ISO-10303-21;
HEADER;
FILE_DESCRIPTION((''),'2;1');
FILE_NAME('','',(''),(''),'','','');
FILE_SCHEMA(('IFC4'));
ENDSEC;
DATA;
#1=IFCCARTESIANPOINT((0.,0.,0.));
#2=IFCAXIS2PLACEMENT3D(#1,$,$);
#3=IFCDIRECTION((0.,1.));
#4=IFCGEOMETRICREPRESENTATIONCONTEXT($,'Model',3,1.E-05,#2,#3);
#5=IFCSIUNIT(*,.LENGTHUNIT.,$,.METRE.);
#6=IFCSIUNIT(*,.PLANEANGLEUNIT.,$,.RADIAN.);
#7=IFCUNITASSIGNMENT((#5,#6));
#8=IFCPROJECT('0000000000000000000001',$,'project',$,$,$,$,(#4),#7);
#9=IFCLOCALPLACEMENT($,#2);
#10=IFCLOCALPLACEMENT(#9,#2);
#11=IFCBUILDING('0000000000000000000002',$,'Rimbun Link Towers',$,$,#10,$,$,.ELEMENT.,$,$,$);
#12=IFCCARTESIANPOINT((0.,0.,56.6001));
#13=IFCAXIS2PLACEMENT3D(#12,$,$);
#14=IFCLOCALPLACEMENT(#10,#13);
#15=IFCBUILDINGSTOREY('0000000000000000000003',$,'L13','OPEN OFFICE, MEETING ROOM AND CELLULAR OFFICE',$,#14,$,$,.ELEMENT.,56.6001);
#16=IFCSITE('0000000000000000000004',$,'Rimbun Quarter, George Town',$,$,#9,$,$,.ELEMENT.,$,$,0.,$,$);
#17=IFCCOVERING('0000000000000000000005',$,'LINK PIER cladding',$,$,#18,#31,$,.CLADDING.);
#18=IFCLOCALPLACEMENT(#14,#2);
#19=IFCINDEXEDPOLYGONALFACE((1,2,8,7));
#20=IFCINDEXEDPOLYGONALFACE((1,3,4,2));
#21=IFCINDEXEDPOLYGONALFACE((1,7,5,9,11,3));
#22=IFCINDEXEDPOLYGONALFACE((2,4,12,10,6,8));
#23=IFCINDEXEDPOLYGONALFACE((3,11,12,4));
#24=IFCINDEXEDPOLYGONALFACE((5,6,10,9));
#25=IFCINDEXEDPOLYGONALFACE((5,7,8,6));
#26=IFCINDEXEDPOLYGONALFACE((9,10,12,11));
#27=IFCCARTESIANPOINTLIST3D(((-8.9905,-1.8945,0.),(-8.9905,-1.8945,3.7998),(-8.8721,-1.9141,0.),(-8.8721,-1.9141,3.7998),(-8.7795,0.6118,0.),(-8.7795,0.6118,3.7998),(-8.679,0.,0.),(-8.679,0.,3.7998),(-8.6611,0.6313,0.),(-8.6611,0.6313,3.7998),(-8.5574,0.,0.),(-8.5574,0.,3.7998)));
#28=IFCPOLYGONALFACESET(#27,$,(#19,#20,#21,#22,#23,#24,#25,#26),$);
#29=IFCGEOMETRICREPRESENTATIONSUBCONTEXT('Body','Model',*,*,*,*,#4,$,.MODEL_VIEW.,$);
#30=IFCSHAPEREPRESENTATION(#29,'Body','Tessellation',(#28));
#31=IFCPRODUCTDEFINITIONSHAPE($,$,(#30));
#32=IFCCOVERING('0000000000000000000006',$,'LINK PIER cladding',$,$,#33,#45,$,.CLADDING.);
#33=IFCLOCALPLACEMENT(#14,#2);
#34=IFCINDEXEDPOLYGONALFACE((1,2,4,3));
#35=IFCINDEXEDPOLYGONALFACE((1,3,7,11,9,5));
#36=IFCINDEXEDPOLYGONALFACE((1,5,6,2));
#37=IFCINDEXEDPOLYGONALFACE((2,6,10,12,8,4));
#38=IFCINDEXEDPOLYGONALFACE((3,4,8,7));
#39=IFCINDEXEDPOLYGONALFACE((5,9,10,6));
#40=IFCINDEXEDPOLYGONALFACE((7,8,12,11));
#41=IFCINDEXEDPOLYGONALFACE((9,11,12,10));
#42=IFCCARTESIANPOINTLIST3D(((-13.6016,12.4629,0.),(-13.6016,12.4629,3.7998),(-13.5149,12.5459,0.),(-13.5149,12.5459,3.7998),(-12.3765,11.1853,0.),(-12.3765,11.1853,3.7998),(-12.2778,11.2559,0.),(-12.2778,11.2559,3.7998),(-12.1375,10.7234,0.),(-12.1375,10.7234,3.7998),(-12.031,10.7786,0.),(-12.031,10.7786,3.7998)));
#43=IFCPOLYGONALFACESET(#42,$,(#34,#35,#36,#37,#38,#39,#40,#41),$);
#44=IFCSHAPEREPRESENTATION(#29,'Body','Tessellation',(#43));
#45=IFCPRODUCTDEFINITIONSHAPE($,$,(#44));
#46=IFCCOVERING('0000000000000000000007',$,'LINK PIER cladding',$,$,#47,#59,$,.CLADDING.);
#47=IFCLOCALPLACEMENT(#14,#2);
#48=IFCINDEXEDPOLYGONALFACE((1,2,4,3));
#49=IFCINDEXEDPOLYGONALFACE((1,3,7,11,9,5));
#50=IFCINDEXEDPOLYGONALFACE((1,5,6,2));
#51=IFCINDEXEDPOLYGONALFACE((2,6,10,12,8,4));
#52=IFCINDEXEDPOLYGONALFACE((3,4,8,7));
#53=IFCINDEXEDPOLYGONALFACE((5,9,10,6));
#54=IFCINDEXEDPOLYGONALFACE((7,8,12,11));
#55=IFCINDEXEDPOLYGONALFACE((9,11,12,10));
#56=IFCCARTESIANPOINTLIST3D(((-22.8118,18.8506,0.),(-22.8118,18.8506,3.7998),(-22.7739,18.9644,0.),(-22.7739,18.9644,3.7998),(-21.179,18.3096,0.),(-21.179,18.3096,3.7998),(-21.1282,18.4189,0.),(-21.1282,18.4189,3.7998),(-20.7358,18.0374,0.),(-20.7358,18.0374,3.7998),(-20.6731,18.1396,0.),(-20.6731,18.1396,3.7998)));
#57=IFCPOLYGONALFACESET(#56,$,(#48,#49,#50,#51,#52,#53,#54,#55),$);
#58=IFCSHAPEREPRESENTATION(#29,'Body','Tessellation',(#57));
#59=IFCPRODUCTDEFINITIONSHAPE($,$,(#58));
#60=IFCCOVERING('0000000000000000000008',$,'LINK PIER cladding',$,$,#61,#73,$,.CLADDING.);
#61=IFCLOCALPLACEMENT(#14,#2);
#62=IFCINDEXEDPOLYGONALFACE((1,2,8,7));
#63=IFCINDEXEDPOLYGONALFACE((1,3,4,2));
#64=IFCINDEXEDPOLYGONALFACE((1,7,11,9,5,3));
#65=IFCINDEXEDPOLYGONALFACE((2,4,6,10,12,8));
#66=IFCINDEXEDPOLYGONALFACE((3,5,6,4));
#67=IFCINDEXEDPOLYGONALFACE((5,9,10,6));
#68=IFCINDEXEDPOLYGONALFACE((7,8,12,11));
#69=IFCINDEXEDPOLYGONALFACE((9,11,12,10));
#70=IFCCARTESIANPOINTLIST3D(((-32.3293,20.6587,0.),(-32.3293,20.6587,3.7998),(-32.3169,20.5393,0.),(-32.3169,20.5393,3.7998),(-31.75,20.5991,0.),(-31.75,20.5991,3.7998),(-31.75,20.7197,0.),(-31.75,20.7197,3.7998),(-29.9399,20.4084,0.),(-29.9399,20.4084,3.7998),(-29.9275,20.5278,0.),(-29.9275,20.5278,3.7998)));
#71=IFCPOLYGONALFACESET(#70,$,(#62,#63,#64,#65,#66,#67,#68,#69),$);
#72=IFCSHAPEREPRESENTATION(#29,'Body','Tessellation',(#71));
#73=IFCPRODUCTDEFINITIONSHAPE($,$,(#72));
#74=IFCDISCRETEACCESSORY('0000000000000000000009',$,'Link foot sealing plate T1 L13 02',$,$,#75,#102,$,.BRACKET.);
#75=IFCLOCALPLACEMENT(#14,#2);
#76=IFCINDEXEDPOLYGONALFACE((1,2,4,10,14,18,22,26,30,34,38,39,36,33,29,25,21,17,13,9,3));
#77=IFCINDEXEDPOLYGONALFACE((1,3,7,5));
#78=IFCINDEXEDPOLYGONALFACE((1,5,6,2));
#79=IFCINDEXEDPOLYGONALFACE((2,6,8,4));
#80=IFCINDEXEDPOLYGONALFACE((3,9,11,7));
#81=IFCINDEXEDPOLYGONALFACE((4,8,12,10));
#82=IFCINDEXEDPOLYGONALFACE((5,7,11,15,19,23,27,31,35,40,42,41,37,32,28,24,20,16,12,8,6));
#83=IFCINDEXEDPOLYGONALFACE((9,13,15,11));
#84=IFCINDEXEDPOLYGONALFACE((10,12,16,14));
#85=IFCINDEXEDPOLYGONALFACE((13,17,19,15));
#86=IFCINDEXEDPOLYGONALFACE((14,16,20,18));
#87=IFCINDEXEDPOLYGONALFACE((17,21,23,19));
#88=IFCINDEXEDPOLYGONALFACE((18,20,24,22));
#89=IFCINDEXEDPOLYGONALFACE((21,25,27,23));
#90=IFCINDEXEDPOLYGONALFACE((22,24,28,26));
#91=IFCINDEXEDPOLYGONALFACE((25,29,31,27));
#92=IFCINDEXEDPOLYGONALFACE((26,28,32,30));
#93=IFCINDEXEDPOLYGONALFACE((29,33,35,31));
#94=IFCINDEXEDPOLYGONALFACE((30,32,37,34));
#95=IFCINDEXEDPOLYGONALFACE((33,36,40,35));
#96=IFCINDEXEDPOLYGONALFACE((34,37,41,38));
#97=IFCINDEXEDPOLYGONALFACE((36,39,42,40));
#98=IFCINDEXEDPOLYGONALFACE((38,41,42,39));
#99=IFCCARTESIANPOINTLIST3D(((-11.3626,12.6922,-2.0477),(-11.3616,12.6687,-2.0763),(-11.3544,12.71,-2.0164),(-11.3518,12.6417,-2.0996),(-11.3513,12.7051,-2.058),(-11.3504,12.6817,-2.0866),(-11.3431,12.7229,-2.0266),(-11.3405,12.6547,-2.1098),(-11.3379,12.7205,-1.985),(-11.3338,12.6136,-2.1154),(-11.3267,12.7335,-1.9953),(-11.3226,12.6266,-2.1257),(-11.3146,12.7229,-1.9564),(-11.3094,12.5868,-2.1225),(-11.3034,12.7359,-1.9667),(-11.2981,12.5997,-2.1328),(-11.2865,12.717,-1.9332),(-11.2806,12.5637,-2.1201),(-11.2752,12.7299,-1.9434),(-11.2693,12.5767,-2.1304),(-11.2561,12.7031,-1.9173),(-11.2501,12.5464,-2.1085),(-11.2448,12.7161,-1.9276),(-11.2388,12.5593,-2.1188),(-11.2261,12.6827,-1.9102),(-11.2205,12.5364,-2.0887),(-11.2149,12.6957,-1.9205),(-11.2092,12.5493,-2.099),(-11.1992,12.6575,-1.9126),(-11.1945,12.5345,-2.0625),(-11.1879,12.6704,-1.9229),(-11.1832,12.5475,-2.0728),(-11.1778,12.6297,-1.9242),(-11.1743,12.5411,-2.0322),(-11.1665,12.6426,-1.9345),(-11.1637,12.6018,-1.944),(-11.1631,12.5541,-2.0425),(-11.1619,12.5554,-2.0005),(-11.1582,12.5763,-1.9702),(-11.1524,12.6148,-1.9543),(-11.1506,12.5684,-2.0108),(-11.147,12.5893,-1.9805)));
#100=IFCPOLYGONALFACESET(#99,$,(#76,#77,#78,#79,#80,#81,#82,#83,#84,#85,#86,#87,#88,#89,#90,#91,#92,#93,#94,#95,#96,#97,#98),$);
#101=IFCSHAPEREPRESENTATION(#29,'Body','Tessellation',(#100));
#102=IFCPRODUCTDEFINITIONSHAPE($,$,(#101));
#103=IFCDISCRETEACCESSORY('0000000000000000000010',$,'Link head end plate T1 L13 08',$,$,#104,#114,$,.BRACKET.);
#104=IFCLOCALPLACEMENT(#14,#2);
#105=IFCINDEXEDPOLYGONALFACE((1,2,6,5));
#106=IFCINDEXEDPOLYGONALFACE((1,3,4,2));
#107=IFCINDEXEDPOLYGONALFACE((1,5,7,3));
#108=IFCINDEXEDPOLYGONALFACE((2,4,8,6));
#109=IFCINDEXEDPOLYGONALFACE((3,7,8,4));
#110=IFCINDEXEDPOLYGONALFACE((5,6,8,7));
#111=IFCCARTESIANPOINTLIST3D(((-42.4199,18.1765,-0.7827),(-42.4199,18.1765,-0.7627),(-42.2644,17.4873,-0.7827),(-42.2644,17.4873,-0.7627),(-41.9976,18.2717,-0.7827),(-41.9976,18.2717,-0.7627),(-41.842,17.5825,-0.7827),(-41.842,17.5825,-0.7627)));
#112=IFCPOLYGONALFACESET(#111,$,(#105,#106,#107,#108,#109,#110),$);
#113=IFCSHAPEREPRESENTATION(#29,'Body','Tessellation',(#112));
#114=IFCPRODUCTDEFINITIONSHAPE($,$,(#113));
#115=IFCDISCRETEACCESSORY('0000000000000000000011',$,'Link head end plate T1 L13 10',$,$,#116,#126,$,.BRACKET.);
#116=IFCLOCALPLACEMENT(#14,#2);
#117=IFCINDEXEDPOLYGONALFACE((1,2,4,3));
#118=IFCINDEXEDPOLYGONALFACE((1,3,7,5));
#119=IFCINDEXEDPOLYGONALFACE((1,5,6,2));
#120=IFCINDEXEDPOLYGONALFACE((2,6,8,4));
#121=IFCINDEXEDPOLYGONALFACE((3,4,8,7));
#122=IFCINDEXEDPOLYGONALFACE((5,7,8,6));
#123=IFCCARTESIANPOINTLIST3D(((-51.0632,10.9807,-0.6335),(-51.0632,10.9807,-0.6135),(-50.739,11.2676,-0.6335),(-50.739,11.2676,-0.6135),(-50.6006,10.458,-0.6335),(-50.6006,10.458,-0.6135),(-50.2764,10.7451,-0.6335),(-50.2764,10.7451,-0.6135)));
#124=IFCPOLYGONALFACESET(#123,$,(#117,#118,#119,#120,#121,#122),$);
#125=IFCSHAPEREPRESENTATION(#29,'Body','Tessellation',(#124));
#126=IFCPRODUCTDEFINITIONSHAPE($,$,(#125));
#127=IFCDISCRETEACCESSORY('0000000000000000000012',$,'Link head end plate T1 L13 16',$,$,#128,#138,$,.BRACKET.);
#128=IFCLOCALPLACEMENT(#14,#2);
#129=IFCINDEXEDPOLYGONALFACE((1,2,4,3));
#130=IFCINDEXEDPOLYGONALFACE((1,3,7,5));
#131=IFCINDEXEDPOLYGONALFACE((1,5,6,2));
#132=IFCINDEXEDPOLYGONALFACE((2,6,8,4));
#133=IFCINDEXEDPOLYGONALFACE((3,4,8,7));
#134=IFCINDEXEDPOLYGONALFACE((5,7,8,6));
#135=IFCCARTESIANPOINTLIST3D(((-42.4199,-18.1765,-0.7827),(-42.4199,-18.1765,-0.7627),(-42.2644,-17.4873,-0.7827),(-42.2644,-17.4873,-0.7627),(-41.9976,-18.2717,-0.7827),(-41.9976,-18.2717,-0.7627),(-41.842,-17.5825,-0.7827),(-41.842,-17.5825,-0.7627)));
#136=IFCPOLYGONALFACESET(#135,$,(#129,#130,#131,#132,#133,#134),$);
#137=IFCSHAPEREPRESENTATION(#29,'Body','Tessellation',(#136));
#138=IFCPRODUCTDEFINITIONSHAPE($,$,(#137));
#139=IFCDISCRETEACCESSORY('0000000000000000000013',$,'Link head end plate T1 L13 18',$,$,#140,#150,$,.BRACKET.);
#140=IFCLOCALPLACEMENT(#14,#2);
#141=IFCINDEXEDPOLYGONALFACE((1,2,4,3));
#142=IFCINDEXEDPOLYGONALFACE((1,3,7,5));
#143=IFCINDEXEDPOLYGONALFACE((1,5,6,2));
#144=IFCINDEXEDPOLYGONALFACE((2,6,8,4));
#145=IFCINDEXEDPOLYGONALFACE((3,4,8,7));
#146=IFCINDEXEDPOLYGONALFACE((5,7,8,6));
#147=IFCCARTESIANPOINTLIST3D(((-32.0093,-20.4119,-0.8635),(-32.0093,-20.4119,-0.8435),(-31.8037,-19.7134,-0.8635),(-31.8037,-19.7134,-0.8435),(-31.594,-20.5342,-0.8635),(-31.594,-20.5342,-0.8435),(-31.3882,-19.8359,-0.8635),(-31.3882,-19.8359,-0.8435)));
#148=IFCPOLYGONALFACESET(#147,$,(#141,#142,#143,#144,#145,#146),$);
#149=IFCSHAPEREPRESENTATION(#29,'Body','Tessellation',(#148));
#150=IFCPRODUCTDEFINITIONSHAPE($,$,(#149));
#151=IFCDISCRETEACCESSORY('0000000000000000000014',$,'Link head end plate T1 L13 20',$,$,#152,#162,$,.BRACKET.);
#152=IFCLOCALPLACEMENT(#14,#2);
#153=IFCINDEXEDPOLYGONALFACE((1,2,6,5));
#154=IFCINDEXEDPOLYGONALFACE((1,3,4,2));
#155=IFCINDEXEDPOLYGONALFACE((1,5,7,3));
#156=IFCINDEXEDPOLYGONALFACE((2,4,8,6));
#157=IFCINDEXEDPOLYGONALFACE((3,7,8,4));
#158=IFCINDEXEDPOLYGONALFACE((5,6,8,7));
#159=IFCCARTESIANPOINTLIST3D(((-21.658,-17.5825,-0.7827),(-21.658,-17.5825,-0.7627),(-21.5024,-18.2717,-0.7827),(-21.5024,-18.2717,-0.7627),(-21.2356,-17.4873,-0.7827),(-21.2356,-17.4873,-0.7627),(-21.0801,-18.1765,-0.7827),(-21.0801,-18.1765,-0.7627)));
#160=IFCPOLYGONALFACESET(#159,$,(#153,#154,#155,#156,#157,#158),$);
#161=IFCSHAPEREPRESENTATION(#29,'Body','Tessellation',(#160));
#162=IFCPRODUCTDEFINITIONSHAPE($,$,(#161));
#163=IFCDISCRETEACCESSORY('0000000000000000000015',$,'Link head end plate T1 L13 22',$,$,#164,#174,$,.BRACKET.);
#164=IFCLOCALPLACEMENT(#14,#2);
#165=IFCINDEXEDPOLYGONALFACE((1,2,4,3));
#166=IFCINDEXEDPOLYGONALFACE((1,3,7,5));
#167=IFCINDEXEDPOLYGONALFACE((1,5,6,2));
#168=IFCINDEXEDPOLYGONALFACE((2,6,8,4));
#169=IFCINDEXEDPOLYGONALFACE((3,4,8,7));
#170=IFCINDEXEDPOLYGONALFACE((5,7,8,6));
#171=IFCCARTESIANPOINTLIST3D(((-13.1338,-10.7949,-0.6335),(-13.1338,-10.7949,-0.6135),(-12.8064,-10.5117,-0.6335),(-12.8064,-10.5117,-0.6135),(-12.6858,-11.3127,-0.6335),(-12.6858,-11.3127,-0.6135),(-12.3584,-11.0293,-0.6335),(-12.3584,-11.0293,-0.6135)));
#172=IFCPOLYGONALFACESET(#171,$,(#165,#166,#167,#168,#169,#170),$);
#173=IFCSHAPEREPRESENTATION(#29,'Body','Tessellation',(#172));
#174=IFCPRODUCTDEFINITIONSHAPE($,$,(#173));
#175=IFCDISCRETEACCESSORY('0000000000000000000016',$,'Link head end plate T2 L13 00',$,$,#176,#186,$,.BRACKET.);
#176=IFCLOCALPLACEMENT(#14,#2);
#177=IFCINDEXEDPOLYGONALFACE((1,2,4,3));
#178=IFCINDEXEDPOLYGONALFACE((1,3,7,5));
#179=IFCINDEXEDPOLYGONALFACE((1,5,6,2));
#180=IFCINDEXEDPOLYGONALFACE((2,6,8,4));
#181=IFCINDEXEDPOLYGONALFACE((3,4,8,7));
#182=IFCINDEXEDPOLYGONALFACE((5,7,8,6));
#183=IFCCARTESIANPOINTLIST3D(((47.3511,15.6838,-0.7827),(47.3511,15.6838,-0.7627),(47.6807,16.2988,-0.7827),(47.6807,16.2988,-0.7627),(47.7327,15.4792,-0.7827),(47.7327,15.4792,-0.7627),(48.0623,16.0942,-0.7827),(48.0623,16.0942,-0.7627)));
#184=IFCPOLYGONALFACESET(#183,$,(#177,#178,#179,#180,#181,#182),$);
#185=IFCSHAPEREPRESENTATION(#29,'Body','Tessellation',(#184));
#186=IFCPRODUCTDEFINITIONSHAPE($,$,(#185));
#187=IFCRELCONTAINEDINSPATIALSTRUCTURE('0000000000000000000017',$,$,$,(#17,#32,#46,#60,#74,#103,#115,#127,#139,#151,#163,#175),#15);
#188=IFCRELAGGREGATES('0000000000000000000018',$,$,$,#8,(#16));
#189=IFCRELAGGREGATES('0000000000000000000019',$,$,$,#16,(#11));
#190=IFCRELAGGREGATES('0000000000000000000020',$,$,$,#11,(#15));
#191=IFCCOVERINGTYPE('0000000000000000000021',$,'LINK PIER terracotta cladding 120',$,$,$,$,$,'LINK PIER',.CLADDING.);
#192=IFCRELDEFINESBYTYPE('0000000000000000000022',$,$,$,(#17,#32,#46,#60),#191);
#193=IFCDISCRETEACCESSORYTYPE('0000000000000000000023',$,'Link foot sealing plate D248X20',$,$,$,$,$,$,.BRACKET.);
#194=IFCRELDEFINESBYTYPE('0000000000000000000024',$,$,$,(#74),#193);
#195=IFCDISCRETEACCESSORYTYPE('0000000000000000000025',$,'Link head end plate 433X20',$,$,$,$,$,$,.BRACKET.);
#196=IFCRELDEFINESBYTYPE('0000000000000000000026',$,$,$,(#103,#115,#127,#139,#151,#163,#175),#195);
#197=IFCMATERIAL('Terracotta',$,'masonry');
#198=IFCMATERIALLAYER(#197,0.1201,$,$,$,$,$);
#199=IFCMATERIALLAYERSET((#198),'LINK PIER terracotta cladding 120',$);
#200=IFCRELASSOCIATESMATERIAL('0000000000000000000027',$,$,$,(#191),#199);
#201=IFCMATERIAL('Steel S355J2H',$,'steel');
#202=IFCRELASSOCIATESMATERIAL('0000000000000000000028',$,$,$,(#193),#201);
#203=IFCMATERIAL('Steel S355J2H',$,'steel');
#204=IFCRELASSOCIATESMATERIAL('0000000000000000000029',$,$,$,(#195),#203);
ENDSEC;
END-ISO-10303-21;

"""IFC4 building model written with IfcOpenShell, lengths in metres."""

from ifc_helpers import new_model, si_unit, direction, frame, origin, origin_2d, place, context, subcontext, project, spatial, polyline, rectangle, circle, outline, extrude, material, layer, layer_set, material_profile, profile_set, type_object, element, save


model = new_model("IFC4")

# Units and contexts
model_context = context("Model", 3, precision=1e-05, world=origin(), true_north=direction((0.0, 1.0)))
body_context = subcontext(model_context, "Body", "Model", "MODEL_VIEW")
ifc_project = project(units=[si_unit("LENGTHUNIT", "METRE"), si_unit("PLANEANGLEUNIT", "RADIAN")], contexts=[model_context])

# Site, building, storey
site_placement = place(None, origin())
site = spatial("IfcSite", under=ifc_project, at=site_placement, Name="Rimbun Quarter, George Town", CompositionType="ELEMENT", RefElevation=0.0)
building_placement = place(site_placement, origin())
building = spatial("IfcBuilding", under=site, at=building_placement, Name="Rimbun Link Towers", CompositionType="ELEMENT")
storey_placement = place(building_placement, frame((0.0, 0.0, 56.6001)))
storey = spatial("IfcBuildingStorey", under=building, at=storey_placement, Name="L13", Description="OPEN OFFICE, MEETING ROOM AND CELLULAR OFFICE", CompositionType="ELEMENT", Elevation=56.6001)

# Coverings
ifc_material_1 = material(Name="Terracotta", Category="masonry")
ifc_layer_1 = layer(ifc_material_1, 0.1201)
ifc_layer_set_1 = layer_set([ifc_layer_1], Name="LINK PIER terracotta cladding 120")
covering_type_1 = type_object("IfcCoveringType", Name="LINK PIER terracotta cladding 120", ElementType="LINK PIER", PredefinedType="CLADDING", material=ifc_layer_set_1)
covering_1_placement = place(storey_placement, origin())
element("IfcCovering", 1, at=covering_1_placement, inside=storey, type_object=covering_type_1, Name="LINK PIER cladding", PredefinedType="CLADDING", context=body_context, shape_type="SweptSolid", body=[
    extrude(outline(polyline([(-8.7795, 0.6118), (-8.679, 0.0), (-8.9905, -1.8945), (-8.8721, -1.9141), (-8.5574, 0.0), (-8.6611, 0.6313), (-8.7795, 0.6118)])), origin(), (0.0, 0.0, 1.0), 3.7998),
])
covering_2_placement = place(storey_placement, origin())
element("IfcCovering", 2, at=covering_2_placement, inside=storey, type_object=covering_type_1, Name="LINK PIER cladding", PredefinedType="CLADDING", context=body_context, shape_type="SweptSolid", body=[
    extrude(outline(polyline([(-13.6016, 12.4629), (-12.3765, 11.1853), (-12.1375, 10.7234), (-12.031, 10.7786), (-12.2778, 11.2559), (-13.5149, 12.5459), (-13.6016, 12.4629)])), origin(), (0.0, 0.0, 1.0), 3.7998),
])
covering_3_placement = place(storey_placement, origin())
element("IfcCovering", 3, at=covering_3_placement, inside=storey, type_object=covering_type_1, Name="LINK PIER cladding", PredefinedType="CLADDING", context=body_context, shape_type="SweptSolid", body=[
    extrude(outline(polyline([(-22.8118, 18.8506), (-21.179, 18.3096), (-20.7358, 18.0374), (-20.6731, 18.1396), (-21.1282, 18.4189), (-22.7739, 18.9644), (-22.8118, 18.8506)])), origin(), (0.0, 0.0, 1.0), 3.7998),
])
covering_4_placement = place(storey_placement, origin())
element("IfcCovering", 4, at=covering_4_placement, inside=storey, type_object=covering_type_1, Name="LINK PIER cladding", PredefinedType="CLADDING", context=body_context, shape_type="SweptSolid", body=[
    extrude(outline(polyline([(-32.3169, 20.5393), (-31.75, 20.5991), (-29.9399, 20.4084), (-29.9275, 20.5278), (-31.75, 20.7197), (-32.3293, 20.6587), (-32.3169, 20.5393)])), origin(), (0.0, 0.0, 1.0), 3.7998),
])

# Discrete accessories
ifc_material_2 = material(Name="Steel S355J2H", Category="steel")
ifc_material_profile_1 = material_profile(ifc_material_2, circle(Radius=0.124, at=origin_2d()), Name="PL D248")
ifc_profile_set_1 = profile_set([ifc_material_profile_1], Name="Steel S355J2H")
discrete_accessory_type_1 = type_object("IfcDiscreteAccessoryType", Name="Link foot sealing plate D248X20", PredefinedType="BRACKET", material=ifc_profile_set_1)
discrete_accessory_1_placement = place(storey_placement, frame((-11.2607, 12.6287, -2.0164), z_axis=(0.562441, 0.64803, -0.513533), x_axis=(-0.755219, 0.655473, 0.0)))
element("IfcDiscreteAccessory", 5, at=discrete_accessory_1_placement, inside=storey, type_object=discrete_accessory_type_1, Name="Link foot sealing plate T1 L13 02", PredefinedType="BRACKET", context=body_context, shape_type="SweptSolid", body=[
    extrude(circle(Radius=0.124, at=origin_2d()), origin(), (0.0, 0.0, 1.0), 0.02),
])
ifc_material_3 = material(Name="Steel S355J2H", Category="steel")
ifc_material_profile_2 = material_profile(ifc_material_3, rectangle(XDim=0.4331, YDim=0.4331, at=origin_2d()), Name="PL 433x433")
ifc_profile_set_2 = profile_set([ifc_material_profile_2], Name="Steel S355J2H")
discrete_accessory_type_2 = type_object("IfcDiscreteAccessoryType", Name="Link head end plate 433X20", PredefinedType="BRACKET", material=ifc_profile_set_2)
discrete_accessory_2_placement = place(storey_placement, frame((0.0, 0.0, -0.7827)))
element("IfcDiscreteAccessory", 6, at=discrete_accessory_2_placement, inside=storey, type_object=discrete_accessory_type_2, Name="Link head end plate T1 L13 08", PredefinedType="BRACKET", context=body_context, shape_type="SweptSolid", body=[
    extrude(outline(polyline([(-41.842, 17.5825), (-41.9976, 18.2717), (-42.4199, 18.1765), (-42.2644, 17.4873), (-41.842, 17.5825)])), origin(), (0.0, 0.0, 1.0), 0.02),
])
discrete_accessory_3_placement = place(storey_placement, frame((0.0, 0.0, -0.6335)))
element("IfcDiscreteAccessory", 7, at=discrete_accessory_3_placement, inside=storey, type_object=discrete_accessory_type_2, Name="Link head end plate T1 L13 10", PredefinedType="BRACKET", context=body_context, shape_type="SweptSolid", body=[
    extrude(outline(polyline([(-50.2764, 10.7451), (-50.739, 11.2676), (-51.0632, 10.9807), (-50.6006, 10.458), (-50.2764, 10.7451)])), origin(), (0.0, 0.0, 1.0), 0.02),
])
discrete_accessory_4_placement = place(storey_placement, frame((0.0, 0.0, -0.7827)))
element("IfcDiscreteAccessory", 8, at=discrete_accessory_4_placement, inside=storey, type_object=discrete_accessory_type_2, Name="Link head end plate T1 L13 16", PredefinedType="BRACKET", context=body_context, shape_type="SweptSolid", body=[
    extrude(outline(polyline([(-42.2644, -17.4873), (-42.4199, -18.1765), (-41.9976, -18.2717), (-41.842, -17.5825), (-42.2644, -17.4873)])), origin(), (0.0, 0.0, 1.0), 0.02),
])
discrete_accessory_5_placement = place(storey_placement, frame((0.0, 0.0, -0.8635)))
element("IfcDiscreteAccessory", 9, at=discrete_accessory_5_placement, inside=storey, type_object=discrete_accessory_type_2, Name="Link head end plate T1 L13 18", PredefinedType="BRACKET", context=body_context, shape_type="SweptSolid", body=[
    extrude(outline(polyline([(-31.8037, -19.7134), (-32.0093, -20.4119), (-31.594, -20.5342), (-31.3882, -19.8359), (-31.8037, -19.7134)])), origin(), (0.0, 0.0, 1.0), 0.02),
])
discrete_accessory_6_placement = place(storey_placement, frame((0.0, 0.0, -0.7827)))
element("IfcDiscreteAccessory", 10, at=discrete_accessory_6_placement, inside=storey, type_object=discrete_accessory_type_2, Name="Link head end plate T1 L13 20", PredefinedType="BRACKET", context=body_context, shape_type="SweptSolid", body=[
    extrude(outline(polyline([(-21.658, -17.5825), (-21.5024, -18.2717), (-21.0801, -18.1765), (-21.2356, -17.4873), (-21.658, -17.5825)])), origin(), (0.0, 0.0, 1.0), 0.02),
])
discrete_accessory_7_placement = place(storey_placement, frame((0.0, 0.0, -0.6335)))
element("IfcDiscreteAccessory", 11, at=discrete_accessory_7_placement, inside=storey, type_object=discrete_accessory_type_2, Name="Link head end plate T1 L13 22", PredefinedType="BRACKET", context=body_context, shape_type="SweptSolid", body=[
    extrude(outline(polyline([(-13.1338, -10.7949), (-12.6858, -11.3127), (-12.3584, -11.0293), (-12.8064, -10.5117), (-13.1338, -10.7949)])), origin(), (0.0, 0.0, 1.0), 0.02),
])
discrete_accessory_8_placement = place(storey_placement, frame((0.0, 0.0, -0.7827)))
element("IfcDiscreteAccessory", 12, at=discrete_accessory_8_placement, inside=storey, type_object=discrete_accessory_type_2, Name="Link head end plate T2 L13 00", PredefinedType="BRACKET", context=body_context, shape_type="SweptSolid", body=[
    extrude(outline(polyline([(47.7327, 15.4792), (48.0623, 16.0942), (47.6807, 16.2988), (47.3511, 15.6838), (47.7327, 15.4792)])), origin(), (0.0, 0.0, 1.0), 0.02),
])

save(model, "model.ifc")
